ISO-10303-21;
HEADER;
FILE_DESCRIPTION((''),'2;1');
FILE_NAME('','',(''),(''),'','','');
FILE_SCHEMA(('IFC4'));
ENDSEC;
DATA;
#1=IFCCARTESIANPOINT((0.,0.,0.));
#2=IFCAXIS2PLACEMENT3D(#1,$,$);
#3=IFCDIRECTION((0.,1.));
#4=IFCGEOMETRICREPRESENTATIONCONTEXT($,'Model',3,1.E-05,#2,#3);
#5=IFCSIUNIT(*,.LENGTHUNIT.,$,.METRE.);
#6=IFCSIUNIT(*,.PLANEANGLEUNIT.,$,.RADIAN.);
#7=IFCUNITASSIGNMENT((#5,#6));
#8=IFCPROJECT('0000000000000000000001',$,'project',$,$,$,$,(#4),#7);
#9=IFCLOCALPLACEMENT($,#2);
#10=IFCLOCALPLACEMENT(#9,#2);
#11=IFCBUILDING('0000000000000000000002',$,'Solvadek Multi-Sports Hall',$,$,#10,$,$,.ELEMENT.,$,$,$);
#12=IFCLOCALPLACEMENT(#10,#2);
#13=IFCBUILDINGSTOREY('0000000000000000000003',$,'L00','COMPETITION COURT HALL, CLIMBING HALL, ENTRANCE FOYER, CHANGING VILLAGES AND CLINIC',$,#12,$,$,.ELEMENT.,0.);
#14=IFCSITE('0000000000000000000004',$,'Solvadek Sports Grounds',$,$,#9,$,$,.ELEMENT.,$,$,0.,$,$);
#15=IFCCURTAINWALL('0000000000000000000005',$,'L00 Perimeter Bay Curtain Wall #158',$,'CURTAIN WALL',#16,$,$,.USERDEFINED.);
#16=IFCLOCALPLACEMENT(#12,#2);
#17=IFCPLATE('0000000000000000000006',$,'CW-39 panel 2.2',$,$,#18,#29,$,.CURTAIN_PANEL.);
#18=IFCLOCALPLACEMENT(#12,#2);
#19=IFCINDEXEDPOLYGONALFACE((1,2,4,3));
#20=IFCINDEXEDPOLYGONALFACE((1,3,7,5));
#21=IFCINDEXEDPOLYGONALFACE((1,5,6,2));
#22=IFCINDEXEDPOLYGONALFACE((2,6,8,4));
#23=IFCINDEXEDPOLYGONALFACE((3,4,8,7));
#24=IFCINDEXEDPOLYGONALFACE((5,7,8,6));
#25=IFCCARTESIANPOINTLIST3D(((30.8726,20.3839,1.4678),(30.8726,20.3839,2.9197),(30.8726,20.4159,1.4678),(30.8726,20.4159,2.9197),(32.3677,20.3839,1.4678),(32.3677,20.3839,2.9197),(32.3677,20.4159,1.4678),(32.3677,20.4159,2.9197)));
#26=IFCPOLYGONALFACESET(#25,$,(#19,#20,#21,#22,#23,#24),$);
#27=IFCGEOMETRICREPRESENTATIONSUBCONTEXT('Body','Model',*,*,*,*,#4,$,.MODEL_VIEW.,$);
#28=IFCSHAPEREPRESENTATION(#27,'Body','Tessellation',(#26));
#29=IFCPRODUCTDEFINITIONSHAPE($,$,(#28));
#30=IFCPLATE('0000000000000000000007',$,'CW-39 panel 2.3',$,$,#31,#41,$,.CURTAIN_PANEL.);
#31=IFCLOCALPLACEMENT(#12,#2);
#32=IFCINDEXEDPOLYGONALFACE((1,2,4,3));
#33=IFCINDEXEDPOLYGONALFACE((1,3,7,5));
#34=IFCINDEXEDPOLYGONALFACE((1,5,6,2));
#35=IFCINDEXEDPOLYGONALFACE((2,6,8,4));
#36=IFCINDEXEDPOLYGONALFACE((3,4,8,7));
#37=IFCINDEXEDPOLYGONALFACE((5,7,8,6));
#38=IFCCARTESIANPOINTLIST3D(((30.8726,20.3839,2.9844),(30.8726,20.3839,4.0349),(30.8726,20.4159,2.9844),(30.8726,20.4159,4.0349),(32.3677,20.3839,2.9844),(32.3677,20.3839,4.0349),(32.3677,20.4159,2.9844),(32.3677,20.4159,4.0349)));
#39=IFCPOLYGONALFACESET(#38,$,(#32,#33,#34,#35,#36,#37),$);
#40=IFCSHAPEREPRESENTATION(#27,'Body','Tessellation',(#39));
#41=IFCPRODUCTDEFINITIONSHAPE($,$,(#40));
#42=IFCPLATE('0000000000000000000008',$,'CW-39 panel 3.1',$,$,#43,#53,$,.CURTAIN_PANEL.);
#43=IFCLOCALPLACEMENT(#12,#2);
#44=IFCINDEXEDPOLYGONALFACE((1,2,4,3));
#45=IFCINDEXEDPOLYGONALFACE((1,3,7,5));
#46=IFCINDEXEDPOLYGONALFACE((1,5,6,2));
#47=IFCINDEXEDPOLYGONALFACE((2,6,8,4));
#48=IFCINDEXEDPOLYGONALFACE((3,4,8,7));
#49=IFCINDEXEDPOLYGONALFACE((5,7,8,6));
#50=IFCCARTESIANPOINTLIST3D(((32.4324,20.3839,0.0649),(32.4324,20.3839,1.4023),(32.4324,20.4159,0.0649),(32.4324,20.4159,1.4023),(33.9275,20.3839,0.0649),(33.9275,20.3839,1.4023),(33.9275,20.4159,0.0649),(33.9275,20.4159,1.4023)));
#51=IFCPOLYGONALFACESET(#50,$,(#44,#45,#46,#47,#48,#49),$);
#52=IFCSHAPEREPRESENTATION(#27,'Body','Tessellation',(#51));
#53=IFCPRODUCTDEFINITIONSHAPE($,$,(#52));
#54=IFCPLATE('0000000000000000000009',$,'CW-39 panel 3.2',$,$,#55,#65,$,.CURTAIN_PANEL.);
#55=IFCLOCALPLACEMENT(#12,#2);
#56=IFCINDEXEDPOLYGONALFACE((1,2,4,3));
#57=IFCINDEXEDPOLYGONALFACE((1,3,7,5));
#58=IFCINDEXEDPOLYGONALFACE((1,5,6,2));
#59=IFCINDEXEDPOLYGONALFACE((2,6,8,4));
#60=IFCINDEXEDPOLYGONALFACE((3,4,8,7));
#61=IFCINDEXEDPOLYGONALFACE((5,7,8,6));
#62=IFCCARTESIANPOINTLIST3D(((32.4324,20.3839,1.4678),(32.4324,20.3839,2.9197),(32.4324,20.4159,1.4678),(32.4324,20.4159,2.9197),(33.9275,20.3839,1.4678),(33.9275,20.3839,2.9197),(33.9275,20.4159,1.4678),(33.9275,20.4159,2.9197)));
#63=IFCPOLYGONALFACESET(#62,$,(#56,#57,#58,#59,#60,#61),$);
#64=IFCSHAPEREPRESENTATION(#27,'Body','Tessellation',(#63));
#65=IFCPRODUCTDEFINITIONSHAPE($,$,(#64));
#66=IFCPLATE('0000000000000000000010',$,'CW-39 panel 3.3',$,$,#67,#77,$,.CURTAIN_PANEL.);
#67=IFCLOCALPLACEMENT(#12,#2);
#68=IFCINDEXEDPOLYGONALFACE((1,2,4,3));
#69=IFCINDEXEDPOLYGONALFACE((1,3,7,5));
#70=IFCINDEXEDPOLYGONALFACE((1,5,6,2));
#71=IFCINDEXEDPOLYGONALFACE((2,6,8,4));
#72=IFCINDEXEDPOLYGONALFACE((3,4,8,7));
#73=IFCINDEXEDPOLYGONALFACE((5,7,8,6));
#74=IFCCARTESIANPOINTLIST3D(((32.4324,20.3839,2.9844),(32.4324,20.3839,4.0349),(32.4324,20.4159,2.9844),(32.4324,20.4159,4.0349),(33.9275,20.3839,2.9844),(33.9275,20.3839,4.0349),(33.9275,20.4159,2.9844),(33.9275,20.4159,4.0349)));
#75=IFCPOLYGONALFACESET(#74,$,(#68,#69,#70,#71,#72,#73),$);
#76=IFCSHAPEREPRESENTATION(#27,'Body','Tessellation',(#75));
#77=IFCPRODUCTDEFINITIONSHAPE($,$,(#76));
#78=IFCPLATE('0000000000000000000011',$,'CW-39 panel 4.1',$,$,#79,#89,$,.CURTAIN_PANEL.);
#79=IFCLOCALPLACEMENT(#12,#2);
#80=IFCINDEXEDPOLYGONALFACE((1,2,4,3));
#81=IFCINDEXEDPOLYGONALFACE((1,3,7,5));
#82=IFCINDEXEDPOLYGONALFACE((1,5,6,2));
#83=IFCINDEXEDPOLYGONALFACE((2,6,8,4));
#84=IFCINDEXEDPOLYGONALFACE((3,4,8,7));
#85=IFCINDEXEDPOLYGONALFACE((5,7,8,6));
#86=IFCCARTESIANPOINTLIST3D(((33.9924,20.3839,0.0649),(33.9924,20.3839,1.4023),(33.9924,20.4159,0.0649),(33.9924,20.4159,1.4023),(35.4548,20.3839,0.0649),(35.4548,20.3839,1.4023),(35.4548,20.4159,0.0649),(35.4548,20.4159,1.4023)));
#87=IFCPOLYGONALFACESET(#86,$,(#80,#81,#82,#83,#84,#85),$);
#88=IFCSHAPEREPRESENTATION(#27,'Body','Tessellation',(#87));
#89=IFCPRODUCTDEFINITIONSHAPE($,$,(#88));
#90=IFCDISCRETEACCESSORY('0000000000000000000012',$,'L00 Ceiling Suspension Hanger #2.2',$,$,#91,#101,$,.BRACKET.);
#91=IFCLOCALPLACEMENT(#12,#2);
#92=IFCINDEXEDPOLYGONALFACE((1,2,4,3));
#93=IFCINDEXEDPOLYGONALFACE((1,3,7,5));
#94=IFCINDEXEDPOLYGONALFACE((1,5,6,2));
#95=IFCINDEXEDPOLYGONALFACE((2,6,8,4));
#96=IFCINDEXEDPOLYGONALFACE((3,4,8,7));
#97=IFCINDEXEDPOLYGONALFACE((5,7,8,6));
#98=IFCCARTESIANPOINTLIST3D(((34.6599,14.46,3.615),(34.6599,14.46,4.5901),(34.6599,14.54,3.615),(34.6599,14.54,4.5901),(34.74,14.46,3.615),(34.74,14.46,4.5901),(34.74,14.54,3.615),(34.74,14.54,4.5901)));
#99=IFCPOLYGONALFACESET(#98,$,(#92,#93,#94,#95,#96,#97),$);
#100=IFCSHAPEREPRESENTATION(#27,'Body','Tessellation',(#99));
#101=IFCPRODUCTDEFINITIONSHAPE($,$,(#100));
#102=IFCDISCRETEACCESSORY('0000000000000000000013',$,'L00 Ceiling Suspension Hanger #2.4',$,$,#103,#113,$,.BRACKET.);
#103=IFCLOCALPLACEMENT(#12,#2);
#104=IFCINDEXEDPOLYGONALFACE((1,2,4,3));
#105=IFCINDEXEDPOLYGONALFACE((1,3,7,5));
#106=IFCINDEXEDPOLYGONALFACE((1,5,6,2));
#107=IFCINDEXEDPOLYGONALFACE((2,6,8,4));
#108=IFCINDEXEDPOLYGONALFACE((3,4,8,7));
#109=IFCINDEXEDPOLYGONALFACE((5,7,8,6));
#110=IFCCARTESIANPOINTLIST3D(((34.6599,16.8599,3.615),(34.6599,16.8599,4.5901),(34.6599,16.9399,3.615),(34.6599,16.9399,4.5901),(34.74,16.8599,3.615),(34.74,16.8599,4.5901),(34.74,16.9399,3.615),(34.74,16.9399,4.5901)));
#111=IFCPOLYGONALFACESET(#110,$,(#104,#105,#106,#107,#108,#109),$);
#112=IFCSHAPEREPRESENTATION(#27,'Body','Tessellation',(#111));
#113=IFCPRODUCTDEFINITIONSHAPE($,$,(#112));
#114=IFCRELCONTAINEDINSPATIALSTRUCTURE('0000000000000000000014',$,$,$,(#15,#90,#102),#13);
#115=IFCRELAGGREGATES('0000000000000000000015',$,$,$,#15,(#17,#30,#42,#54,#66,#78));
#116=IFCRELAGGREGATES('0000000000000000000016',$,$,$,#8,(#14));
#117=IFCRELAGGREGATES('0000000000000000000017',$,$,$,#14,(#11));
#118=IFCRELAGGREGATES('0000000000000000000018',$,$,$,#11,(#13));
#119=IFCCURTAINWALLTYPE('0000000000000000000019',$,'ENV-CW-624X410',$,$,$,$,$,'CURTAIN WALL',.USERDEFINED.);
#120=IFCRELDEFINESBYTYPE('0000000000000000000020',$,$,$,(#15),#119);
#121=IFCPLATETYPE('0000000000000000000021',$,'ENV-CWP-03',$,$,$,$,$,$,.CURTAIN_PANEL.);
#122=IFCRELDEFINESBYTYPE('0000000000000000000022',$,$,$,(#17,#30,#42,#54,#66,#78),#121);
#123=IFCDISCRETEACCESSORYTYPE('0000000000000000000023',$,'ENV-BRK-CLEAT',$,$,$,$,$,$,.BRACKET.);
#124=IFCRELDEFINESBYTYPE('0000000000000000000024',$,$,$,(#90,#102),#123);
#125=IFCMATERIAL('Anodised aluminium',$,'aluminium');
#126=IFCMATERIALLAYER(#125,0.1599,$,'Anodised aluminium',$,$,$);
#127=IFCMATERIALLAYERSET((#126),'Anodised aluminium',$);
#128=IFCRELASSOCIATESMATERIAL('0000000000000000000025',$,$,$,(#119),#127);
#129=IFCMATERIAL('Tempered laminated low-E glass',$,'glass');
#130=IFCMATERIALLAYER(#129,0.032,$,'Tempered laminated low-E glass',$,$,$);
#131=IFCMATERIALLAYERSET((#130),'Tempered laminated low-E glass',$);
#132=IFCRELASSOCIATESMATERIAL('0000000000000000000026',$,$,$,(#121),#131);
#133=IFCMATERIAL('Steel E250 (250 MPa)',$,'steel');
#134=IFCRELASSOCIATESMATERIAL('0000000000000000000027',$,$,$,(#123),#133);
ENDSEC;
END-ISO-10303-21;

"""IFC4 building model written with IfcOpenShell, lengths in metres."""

from ifc_helpers import new_model, si_unit, direction, frame, origin, origin_2d, place, context, subcontext, project, spatial, rectangle, extrude, material, layer, layer_set, type_object, element, aggregate, save


model = new_model("IFC4")

# Units and contexts
model_context = context("Model", 3, precision=1e-05, world=origin(), true_north=direction((0.0, 1.0)))
body_context = subcontext(model_context, "Body", "Model", "MODEL_VIEW")
ifc_project = project(units=[si_unit("LENGTHUNIT", "METRE"), si_unit("PLANEANGLEUNIT", "RADIAN")], contexts=[model_context])

# Site, building, storey
site_placement = place(None, origin())
site = spatial("IfcSite", under=ifc_project, at=site_placement, Name="Solvadek Sports Grounds", CompositionType="ELEMENT", RefElevation=0.0)
building_placement = place(site_placement, origin())
building = spatial("IfcBuilding", under=site, at=building_placement, Name="Solvadek Multi-Sports Hall", CompositionType="ELEMENT")
storey_placement = place(building_placement, origin())
storey = spatial("IfcBuildingStorey", under=building, at=storey_placement, Name="L00", Description="COMPETITION COURT HALL, CLIMBING HALL, ENTRANCE FOYER, CHANGING VILLAGES AND CLINIC", CompositionType="ELEMENT", Elevation=0.0)

# Curtain wall, plates
ifc_material_1 = material(Name="Anodised aluminium", Category="aluminium")
ifc_layer_1 = layer(ifc_material_1, 0.1599, Name="Anodised aluminium")
ifc_layer_set_1 = layer_set([ifc_layer_1], Name="Anodised aluminium")
curtain_wall_type = type_object("IfcCurtainWallType", Name="ENV-CW-624X410", ElementType="CURTAIN WALL", PredefinedType="USERDEFINED", material=ifc_layer_set_1)
curtain_wall_placement = place(storey_placement, origin())
curtain_wall = element("IfcCurtainWall", 1, at=curtain_wall_placement, inside=storey, type_object=curtain_wall_type, Name="L00 Perimeter Bay Curtain Wall #158", ObjectType="CURTAIN WALL", PredefinedType="USERDEFINED")
ifc_material_2 = material(Name="Tempered laminated low-E glass", Category="glass")
ifc_layer_2 = layer(ifc_material_2, 0.032, Name="Tempered laminated low-E glass")
ifc_layer_set_2 = layer_set([ifc_layer_2], Name="Tempered laminated low-E glass")
plate_type = type_object("IfcPlateType", Name="ENV-CWP-03", PredefinedType="CURTAIN_PANEL", material=ifc_layer_set_2)
plate_1_placement = place(storey_placement, frame((31.6201, 20.3999, 1.4678), z_axis=(0.0, 0.0, 1.0), x_axis=(1.0, 0.0, 0.0)))
plate_1 = element("IfcPlate", 2, at=plate_1_placement, type_object=plate_type, Name="CW-39 panel 2.2", PredefinedType="CURTAIN_PANEL", context=body_context, shape_type="SweptSolid", body=[
    extrude(rectangle(XDim=1.4951, YDim=0.032, at=origin_2d()), origin(), (0.0, 0.0, 1.0), 1.4519),
])
plate_2_placement = place(storey_placement, frame((31.6201, 20.3999, 2.9844), z_axis=(0.0, 0.0, 1.0), x_axis=(1.0, 0.0, 0.0)))
plate_2 = element("IfcPlate", 3, at=plate_2_placement, type_object=plate_type, Name="CW-39 panel 2.3", PredefinedType="CURTAIN_PANEL", context=body_context, shape_type="SweptSolid", body=[
    extrude(rectangle(XDim=1.4951, YDim=0.032, at=origin_2d()), origin(), (0.0, 0.0, 1.0), 1.0505),
])
plate_3_placement = place(storey_placement, frame((33.1799, 20.3999, 0.0649), z_axis=(0.0, 0.0, 1.0), x_axis=(1.0, 0.0, 0.0)))
plate_3 = element("IfcPlate", 4, at=plate_3_placement, type_object=plate_type, Name="CW-39 panel 3.1", PredefinedType="CURTAIN_PANEL", context=body_context, shape_type="SweptSolid", body=[
    extrude(rectangle(XDim=1.4951, YDim=0.032, at=origin_2d()), origin(), (0.0, 0.0, 1.0), 1.3374),
])
plate_4_placement = place(storey_placement, frame((33.1799, 20.3999, 1.4678), z_axis=(0.0, 0.0, 1.0), x_axis=(1.0, 0.0, 0.0)))
plate_4 = element("IfcPlate", 5, at=plate_4_placement, type_object=plate_type, Name="CW-39 panel 3.2", PredefinedType="CURTAIN_PANEL", context=body_context, shape_type="SweptSolid", body=[
    extrude(rectangle(XDim=1.4951, YDim=0.032, at=origin_2d()), origin(), (0.0, 0.0, 1.0), 1.4519),
])
plate_5_placement = place(storey_placement, frame((33.1799, 20.3999, 2.9844), z_axis=(0.0, 0.0, 1.0), x_axis=(1.0, 0.0, 0.0)))
plate_5 = element("IfcPlate", 6, at=plate_5_placement, type_object=plate_type, Name="CW-39 panel 3.3", PredefinedType="CURTAIN_PANEL", context=body_context, shape_type="SweptSolid", body=[
    extrude(rectangle(XDim=1.4951, YDim=0.032, at=origin_2d()), origin(), (0.0, 0.0, 1.0), 1.0505),
])
plate_6_placement = place(storey_placement, frame((34.7236, 20.3999, 0.0649), z_axis=(0.0, 0.0, 1.0), x_axis=(1.0, 0.0, 0.0)))
plate_6 = element("IfcPlate", 7, at=plate_6_placement, type_object=plate_type, Name="CW-39 panel 4.1", PredefinedType="CURTAIN_PANEL", context=body_context, shape_type="SweptSolid", body=[
    extrude(rectangle(XDim=1.4624, YDim=0.032, at=origin_2d()), origin(), (0.0, 0.0, 1.0), 1.3374),
])
aggregate(curtain_wall, [plate_1, plate_2, plate_3, plate_4, plate_5, plate_6])

# Discrete accessories
ifc_material_3 = material(Name="Steel E250 (250 MPa)", Category="steel")
discrete_accessory_type = type_object("IfcDiscreteAccessoryType", Name="ENV-BRK-CLEAT", PredefinedType="BRACKET", material=ifc_material_3)
for number, where, z_axis, x_axis, name in (
    (8, (34.7, 14.5, 3.615), (0.0, 0.0, 1.0), (1.0, 0.0, 0.0), "L00 Ceiling Suspension Hanger #2.2"),
    (9, (34.7, 16.8999, 3.615), (0.0, 0.0, 1.0), (1.0, 0.0, 0.0), "L00 Ceiling Suspension Hanger #2.4"),
):
    element("IfcDiscreteAccessory", number, at=place(storey_placement, frame(where, z_axis=z_axis, x_axis=x_axis)), inside=storey, type_object=discrete_accessory_type, Name=name, PredefinedType="BRACKET", context=body_context, shape_type="SweptSolid", body=[
        extrude(rectangle(XDim=0.0801, YDim=0.0801, at=origin_2d()), origin(), (0.0, 0.0, 1.0), 0.9751),
    ])

save(model, "model.ifc")
